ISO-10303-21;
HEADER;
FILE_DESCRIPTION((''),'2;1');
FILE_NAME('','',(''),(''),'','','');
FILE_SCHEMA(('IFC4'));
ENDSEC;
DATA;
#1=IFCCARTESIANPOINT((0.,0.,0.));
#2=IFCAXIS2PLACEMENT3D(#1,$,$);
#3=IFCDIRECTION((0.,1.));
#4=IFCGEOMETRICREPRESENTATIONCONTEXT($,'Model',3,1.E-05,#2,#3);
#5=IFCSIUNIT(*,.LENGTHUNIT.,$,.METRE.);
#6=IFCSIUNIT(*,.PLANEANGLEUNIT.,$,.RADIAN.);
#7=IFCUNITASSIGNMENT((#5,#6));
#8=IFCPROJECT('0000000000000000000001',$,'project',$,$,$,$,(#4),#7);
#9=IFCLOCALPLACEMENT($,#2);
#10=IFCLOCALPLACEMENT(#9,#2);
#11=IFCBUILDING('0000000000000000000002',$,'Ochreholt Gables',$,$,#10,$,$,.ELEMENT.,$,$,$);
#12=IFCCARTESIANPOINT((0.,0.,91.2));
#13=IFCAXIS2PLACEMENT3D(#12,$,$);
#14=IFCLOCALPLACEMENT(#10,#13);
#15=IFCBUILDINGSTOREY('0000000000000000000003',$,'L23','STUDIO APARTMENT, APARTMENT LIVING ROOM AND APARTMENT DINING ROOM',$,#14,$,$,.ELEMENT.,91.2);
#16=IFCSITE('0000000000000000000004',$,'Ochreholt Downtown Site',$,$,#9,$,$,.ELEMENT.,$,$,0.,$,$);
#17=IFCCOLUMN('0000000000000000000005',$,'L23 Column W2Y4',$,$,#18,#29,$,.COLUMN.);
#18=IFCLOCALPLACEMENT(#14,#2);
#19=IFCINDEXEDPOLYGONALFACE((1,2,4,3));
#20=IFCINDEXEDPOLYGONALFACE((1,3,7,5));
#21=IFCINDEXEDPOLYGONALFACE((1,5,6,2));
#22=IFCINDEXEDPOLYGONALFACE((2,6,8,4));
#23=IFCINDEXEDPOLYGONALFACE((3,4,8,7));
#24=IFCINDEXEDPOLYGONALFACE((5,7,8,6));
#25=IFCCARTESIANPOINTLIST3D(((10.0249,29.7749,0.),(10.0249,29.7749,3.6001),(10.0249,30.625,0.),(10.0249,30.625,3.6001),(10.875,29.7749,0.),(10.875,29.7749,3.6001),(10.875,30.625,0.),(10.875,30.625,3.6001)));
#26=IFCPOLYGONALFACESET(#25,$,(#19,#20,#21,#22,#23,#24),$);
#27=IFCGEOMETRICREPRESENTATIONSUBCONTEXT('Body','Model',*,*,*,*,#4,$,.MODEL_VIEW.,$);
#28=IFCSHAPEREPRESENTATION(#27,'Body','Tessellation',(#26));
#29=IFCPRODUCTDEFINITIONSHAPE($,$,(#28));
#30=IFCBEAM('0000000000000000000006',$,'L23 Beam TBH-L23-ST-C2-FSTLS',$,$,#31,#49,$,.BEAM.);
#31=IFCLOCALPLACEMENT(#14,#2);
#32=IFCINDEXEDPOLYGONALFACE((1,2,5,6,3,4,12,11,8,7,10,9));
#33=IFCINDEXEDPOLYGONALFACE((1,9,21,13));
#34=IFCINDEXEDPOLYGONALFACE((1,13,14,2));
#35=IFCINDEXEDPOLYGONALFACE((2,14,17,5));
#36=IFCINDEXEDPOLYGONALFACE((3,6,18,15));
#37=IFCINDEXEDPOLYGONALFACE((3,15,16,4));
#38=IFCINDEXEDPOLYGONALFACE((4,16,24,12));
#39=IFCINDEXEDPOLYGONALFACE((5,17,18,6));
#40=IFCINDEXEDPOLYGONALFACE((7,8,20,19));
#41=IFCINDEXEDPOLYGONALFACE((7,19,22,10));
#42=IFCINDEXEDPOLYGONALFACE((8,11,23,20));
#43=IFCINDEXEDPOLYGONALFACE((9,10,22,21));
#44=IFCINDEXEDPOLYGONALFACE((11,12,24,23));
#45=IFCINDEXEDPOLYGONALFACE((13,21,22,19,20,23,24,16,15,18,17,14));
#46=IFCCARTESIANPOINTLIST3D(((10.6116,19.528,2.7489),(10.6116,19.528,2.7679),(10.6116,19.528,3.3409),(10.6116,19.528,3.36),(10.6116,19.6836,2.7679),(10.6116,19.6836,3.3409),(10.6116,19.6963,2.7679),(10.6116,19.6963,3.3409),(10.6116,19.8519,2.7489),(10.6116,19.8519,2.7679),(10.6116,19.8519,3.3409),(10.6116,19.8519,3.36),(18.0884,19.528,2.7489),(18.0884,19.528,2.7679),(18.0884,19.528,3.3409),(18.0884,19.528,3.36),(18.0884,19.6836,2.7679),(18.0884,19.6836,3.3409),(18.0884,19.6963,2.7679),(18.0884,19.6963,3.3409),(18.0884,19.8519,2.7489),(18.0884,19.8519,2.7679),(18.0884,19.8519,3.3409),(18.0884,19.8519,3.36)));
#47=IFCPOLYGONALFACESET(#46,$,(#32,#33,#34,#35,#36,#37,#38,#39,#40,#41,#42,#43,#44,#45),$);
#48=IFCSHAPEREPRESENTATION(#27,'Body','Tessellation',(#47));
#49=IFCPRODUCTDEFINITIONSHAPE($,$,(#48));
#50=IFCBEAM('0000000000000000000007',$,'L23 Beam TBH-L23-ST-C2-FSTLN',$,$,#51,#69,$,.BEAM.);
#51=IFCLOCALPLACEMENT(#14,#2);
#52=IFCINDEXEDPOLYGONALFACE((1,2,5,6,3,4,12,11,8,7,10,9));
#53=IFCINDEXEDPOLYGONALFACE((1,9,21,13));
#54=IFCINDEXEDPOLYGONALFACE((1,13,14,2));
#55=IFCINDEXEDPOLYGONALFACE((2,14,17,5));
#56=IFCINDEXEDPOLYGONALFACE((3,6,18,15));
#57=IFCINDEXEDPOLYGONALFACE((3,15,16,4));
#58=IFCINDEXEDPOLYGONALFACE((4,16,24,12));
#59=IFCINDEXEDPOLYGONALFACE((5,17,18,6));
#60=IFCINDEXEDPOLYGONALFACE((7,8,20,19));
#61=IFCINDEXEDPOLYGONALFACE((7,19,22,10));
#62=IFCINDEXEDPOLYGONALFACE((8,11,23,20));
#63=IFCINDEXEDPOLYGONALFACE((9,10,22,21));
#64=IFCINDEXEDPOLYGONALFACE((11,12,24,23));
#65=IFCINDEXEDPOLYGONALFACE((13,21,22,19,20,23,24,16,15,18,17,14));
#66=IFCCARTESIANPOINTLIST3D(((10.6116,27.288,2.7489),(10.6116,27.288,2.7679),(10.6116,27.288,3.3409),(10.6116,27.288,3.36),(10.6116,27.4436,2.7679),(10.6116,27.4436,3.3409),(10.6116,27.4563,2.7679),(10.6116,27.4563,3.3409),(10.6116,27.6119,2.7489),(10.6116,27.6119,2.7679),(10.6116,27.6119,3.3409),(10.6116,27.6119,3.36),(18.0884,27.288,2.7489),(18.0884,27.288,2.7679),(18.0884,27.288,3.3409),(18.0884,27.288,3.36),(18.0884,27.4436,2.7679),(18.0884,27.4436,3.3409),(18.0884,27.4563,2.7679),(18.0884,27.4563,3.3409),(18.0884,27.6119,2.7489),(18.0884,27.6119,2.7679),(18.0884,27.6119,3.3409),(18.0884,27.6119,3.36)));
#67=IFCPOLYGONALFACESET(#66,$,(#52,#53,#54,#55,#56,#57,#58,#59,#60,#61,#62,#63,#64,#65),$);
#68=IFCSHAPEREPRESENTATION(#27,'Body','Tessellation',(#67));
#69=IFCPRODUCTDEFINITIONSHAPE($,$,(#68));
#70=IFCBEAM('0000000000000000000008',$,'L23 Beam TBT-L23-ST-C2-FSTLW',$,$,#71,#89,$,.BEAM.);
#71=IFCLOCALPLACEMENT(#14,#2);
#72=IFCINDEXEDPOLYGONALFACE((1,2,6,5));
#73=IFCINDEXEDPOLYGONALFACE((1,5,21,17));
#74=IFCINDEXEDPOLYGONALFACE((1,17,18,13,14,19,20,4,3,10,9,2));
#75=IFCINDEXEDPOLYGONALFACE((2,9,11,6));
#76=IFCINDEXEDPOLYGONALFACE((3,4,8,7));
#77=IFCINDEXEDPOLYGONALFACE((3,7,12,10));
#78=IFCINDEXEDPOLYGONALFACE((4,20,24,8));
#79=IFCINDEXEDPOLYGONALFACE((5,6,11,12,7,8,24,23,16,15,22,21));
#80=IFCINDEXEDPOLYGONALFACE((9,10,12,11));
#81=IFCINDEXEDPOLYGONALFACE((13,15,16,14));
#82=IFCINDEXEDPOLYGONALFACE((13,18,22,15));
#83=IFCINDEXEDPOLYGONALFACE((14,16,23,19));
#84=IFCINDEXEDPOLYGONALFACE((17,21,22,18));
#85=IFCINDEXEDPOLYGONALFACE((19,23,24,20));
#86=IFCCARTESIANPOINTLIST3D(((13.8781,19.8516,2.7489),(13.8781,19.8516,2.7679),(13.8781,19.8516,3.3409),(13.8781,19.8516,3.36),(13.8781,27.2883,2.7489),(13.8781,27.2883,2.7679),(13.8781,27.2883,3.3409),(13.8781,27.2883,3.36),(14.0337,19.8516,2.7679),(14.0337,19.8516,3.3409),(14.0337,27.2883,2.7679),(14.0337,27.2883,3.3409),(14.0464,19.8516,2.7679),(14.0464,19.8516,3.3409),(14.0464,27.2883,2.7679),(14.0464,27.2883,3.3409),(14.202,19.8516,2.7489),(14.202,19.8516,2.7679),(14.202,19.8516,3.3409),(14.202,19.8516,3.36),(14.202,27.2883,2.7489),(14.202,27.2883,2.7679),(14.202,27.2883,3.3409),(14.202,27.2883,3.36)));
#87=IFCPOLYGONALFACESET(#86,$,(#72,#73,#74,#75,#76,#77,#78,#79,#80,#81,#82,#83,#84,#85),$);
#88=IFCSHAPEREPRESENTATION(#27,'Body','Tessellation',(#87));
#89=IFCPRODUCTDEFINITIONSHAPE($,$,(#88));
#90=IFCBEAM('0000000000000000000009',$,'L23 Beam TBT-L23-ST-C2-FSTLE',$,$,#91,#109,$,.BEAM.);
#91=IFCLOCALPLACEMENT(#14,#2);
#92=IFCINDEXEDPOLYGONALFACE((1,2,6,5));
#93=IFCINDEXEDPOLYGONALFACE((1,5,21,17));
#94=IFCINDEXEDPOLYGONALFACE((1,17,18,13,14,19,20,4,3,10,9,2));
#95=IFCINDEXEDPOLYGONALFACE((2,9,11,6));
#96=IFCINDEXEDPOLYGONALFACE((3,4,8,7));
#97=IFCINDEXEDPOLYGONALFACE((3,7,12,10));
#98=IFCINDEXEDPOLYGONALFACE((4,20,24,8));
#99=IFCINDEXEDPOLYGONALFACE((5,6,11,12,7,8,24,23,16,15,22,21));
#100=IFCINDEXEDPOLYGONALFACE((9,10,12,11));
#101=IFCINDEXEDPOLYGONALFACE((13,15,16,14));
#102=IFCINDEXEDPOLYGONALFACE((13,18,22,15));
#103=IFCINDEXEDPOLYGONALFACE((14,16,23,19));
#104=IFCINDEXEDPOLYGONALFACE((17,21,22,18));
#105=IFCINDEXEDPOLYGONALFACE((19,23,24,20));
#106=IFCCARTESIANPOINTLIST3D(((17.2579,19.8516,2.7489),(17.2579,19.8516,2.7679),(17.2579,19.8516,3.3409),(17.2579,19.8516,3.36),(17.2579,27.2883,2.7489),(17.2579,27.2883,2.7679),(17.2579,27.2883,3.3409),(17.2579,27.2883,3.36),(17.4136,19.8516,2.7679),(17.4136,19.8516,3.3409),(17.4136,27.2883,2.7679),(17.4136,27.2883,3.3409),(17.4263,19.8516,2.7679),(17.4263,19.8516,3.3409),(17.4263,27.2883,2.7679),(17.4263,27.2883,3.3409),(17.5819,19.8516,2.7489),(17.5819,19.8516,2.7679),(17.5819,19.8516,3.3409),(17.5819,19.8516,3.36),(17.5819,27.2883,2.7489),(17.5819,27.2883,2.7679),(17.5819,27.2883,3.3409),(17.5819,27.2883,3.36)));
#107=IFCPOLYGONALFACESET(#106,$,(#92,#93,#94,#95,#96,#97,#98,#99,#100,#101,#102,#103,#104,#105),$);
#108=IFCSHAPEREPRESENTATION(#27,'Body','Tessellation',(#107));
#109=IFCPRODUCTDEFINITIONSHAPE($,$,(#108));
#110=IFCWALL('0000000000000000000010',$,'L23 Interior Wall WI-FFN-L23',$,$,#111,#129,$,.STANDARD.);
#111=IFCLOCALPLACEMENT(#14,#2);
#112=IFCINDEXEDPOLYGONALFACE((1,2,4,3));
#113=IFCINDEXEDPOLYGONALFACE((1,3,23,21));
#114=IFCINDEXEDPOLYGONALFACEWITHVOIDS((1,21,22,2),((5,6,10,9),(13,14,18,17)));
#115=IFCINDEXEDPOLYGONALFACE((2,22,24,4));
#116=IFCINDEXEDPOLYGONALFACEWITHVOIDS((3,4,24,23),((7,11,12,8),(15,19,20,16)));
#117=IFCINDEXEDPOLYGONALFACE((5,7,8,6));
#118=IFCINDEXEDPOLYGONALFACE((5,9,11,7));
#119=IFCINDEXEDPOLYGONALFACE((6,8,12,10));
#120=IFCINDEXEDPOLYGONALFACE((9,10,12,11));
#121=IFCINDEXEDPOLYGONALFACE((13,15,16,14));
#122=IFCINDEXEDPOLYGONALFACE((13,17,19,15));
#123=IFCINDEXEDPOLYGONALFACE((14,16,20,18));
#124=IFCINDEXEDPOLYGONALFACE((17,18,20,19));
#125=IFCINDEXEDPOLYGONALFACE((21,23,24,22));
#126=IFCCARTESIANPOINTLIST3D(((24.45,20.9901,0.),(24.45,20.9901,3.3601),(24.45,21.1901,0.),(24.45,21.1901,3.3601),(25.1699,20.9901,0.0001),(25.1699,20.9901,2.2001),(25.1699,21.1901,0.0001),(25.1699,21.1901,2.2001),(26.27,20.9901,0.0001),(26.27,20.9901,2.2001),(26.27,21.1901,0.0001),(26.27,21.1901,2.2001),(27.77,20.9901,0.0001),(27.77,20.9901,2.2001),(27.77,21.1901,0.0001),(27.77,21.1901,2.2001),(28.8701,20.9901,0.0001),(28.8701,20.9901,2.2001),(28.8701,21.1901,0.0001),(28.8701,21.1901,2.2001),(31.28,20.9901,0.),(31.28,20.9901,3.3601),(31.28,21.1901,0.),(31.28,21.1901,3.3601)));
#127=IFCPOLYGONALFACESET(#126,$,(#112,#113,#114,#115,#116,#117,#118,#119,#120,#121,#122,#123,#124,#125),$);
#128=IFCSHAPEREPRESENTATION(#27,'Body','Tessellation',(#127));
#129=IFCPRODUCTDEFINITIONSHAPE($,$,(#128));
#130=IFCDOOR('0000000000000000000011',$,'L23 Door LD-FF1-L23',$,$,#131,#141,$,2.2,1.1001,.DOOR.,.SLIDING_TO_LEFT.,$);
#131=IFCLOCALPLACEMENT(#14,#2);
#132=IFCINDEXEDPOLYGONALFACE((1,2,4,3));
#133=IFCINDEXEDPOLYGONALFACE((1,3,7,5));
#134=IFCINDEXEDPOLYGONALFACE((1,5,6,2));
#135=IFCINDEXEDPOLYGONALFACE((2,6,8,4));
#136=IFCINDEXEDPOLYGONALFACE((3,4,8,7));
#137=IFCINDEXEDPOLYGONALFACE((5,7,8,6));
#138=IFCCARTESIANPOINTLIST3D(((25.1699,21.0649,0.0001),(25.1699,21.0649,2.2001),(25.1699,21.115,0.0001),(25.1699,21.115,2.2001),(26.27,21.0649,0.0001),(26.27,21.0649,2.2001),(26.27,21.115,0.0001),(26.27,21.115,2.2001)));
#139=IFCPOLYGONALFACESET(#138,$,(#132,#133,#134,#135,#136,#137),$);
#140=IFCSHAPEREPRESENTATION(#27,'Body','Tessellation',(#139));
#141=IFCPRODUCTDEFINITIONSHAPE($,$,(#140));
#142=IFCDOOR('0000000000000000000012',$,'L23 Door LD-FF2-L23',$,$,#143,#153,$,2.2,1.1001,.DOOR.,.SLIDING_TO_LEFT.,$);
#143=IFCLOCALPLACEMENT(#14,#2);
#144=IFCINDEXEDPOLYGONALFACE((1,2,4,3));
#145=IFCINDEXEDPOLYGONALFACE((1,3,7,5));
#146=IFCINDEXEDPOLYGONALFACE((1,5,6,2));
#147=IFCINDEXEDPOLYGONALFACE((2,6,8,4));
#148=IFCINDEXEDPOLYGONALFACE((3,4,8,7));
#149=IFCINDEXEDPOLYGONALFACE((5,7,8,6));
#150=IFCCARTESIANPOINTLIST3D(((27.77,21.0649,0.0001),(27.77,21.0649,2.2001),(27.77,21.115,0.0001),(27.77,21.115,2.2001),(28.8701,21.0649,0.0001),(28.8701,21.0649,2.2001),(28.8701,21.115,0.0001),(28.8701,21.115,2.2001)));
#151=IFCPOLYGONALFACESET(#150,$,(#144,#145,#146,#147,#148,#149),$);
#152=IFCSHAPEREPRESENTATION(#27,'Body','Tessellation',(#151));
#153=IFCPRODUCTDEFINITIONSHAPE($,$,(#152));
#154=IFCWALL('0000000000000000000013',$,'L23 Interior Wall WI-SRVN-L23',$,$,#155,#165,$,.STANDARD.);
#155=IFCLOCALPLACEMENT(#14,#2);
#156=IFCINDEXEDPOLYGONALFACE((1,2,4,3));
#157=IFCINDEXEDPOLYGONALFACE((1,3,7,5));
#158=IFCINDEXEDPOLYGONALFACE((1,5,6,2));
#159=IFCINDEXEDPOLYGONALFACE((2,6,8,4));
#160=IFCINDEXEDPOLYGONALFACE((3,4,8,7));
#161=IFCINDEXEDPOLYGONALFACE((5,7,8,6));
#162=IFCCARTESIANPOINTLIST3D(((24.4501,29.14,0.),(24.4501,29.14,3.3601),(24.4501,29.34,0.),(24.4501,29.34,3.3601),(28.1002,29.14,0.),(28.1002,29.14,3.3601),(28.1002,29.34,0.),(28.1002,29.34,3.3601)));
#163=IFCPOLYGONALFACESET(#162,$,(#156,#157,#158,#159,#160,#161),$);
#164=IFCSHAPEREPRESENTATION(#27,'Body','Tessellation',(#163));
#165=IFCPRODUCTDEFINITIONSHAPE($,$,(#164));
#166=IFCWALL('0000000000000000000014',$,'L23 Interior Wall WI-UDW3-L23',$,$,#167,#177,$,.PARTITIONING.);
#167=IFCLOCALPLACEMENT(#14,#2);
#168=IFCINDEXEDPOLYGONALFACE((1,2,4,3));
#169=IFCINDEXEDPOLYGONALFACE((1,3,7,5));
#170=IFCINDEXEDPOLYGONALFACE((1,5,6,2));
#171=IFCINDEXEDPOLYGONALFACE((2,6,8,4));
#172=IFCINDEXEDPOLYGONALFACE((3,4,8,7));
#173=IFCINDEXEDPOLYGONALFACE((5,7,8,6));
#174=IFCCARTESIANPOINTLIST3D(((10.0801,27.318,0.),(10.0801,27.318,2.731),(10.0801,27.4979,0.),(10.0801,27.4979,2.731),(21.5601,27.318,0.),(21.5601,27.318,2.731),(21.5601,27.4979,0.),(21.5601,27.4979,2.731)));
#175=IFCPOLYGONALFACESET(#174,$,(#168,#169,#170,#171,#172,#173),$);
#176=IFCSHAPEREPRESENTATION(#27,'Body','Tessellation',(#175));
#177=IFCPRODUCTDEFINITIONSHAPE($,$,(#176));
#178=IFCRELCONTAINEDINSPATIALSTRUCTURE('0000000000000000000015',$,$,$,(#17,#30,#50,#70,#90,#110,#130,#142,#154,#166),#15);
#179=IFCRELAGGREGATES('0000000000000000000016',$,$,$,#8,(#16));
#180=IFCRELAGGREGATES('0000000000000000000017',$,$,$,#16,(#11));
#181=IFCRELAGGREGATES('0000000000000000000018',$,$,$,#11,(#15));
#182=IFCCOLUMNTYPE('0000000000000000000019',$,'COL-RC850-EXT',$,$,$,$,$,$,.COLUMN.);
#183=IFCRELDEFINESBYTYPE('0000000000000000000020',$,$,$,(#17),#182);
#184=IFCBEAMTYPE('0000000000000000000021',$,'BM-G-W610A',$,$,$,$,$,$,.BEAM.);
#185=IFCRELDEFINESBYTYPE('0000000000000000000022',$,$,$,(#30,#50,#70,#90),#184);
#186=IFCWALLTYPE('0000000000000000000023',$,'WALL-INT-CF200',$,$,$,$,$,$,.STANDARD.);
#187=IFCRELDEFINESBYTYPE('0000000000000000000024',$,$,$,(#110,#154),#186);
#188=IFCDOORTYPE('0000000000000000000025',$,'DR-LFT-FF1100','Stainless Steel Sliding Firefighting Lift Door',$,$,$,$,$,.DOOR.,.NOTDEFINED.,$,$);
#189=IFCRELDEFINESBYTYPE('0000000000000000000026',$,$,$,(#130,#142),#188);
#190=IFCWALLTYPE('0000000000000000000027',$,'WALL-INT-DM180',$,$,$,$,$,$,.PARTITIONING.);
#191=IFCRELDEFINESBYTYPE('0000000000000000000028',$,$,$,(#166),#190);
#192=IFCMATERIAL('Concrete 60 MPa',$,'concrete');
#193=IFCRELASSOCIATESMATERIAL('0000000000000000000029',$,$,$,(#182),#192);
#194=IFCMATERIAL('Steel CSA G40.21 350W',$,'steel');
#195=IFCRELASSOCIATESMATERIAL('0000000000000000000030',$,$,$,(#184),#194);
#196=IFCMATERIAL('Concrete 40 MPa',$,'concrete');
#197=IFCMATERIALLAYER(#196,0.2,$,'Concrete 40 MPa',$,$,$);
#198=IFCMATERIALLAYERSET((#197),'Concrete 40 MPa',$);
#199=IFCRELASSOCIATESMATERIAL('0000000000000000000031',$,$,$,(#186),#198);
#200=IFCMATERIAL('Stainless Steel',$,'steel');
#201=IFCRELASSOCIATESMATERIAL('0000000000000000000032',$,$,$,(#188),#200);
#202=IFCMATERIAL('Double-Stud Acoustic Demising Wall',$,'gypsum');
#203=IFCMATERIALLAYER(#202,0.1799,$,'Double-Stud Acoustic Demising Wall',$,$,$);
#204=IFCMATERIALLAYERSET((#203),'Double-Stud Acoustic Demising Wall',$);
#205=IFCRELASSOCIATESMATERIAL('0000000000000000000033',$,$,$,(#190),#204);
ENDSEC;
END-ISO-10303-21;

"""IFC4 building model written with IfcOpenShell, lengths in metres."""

from ifc_helpers import new_model, si_unit, direction, frame, frame_2d, origin, origin_2d, place, context, subcontext, project, spatial, rectangle, i_section, extrude, material, layer, layer_set, material_profile, profile_set, type_object, element, fill, save


model = new_model("IFC4")

# Units and contexts
model_context = context("Model", 3, precision=1e-05, world=origin(), true_north=direction((0.0, 1.0)))
body_context = subcontext(model_context, "Body", "Model", "MODEL_VIEW")
ifc_project = project(units=[si_unit("LENGTHUNIT", "METRE"), si_unit("PLANEANGLEUNIT", "RADIAN")], contexts=[model_context])

# Site, building, storey
site_placement = place(None, origin())
site = spatial("IfcSite", under=ifc_project, at=site_placement, Name="Ochreholt Downtown Site", CompositionType="ELEMENT", RefElevation=0.0)
building_placement = place(site_placement, origin())
building = spatial("IfcBuilding", under=site, at=building_placement, Name="Ochreholt Gables", CompositionType="ELEMENT")
storey_placement = place(building_placement, frame((0.0, 0.0, 91.2)))
storey = spatial("IfcBuildingStorey", under=building, at=storey_placement, Name="L23", Description="STUDIO APARTMENT, APARTMENT LIVING ROOM AND APARTMENT DINING ROOM", CompositionType="ELEMENT", Elevation=91.2)

# Column
ifc_material_1 = material(Name="Concrete 60 MPa", Category="concrete")
ifc_material_profile_1 = material_profile(ifc_material_1, rectangle(XDim=0.8501, YDim=0.8501, at=origin_2d()), Name="RC850X850")
ifc_profile_set_1 = profile_set([ifc_material_profile_1], Name="Concrete 60 MPa")
column_type = type_object("IfcColumnType", Name="COL-RC850-EXT", PredefinedType="COLUMN", material=ifc_profile_set_1)
column_placement = place(storey_placement, frame((10.45, 30.2, 0.0), z_axis=(0.0, 0.0, 1.0), x_axis=(1.0, 0.0, 0.0)))
element("IfcColumn", 1, at=column_placement, inside=storey, type_object=column_type, Name="L23 Column W2Y4", PredefinedType="COLUMN", context=body_context, shape_type="SweptSolid", body=[
    extrude(rectangle(XDim=0.8501, YDim=0.8501, at=origin_2d()), origin(), (0.0, 0.0, 1.0), 3.6001),
])

# Beams
ifc_material_2 = material(Name="Steel CSA G40.21 350W", Category="steel")
ifc_material_profile_2 = material_profile(ifc_material_2, i_section(OverallWidth=0.324, OverallDepth=0.6111, WebThickness=0.0127, FlangeThickness=0.019, at=origin_2d()), Name="W610X155")
ifc_profile_set_2 = profile_set([ifc_material_profile_2], Name="Steel CSA G40.21 350W")
beam_type = type_object("IfcBeamType", Name="BM-G-W610A", PredefinedType="BEAM", material=ifc_profile_set_2)
for number, where, z_axis, x_axis, name in (
    (2, (10.6116, 19.6899, 3.0544), (1.0, 0.0, 0.0), (0.0, 1.0, 0.0), "L23 Beam TBH-L23-ST-C2-FSTLS"),
    (3, (10.6116, 27.45, 3.0544), (1.0, 0.0, 0.0), (0.0, 1.0, 0.0), "L23 Beam TBH-L23-ST-C2-FSTLN"),
):
    element("IfcBeam", number, at=place(storey_placement, frame(where, z_axis=z_axis, x_axis=x_axis)), inside=storey, type_object=beam_type, Name=name, PredefinedType="BEAM", context=body_context, shape_type="SweptSolid", body=[
        extrude(i_section(OverallWidth=0.324, OverallDepth=0.6111, WebThickness=0.0127, FlangeThickness=0.019, at=origin_2d()), origin(), (0.0, 0.0, 1.0), 7.4768),
    ])
for number, where, z_axis, x_axis, name in (
    (4, (14.04, 19.8516, 3.0544), (0.0, 1.0, 0.0), (-1.0, 0.0, 0.0), "L23 Beam TBT-L23-ST-C2-FSTLW"),
    (5, (17.4199, 19.8516, 3.0544), (0.0, 1.0, 0.0), (-1.0, 0.0, 0.0), "L23 Beam TBT-L23-ST-C2-FSTLE"),
):
    element("IfcBeam", number, at=place(storey_placement, frame(where, z_axis=z_axis, x_axis=x_axis)), inside=storey, type_object=beam_type, Name=name, PredefinedType="BEAM", context=body_context, shape_type="SweptSolid", body=[
        extrude(i_section(OverallWidth=0.324, OverallDepth=0.6111, WebThickness=0.0127, FlangeThickness=0.019, at=origin_2d()), origin(), (0.0, 0.0, 1.0), 7.4368),
    ])

# Wall, openings, doors
ifc_material_3 = material(Name="Concrete 40 MPa", Category="concrete")
ifc_layer_1 = layer(ifc_material_3, 0.2, Name="Concrete 40 MPa")
ifc_layer_set_1 = layer_set([ifc_layer_1], Name="Concrete 40 MPa")
wall_type_1 = type_object("IfcWallType", Name="WALL-INT-CF200", PredefinedType="STANDARD", material=ifc_layer_set_1)
wall_1_placement = place(storey_placement, frame((24.45, 21.0901, 0.0), z_axis=(0.0, 0.0, 1.0), x_axis=(1.0, 0.0, 0.0)))
wall_1 = element("IfcWall", 6, at=wall_1_placement, inside=storey, type_object=wall_type_1, Name="L23 Interior Wall WI-FFN-L23", PredefinedType="STANDARD", context=body_context, shape_type="SweptSolid", body=[
    extrude(rectangle(XDim=6.8301, YDim=0.2, at=frame_2d((3.415, 0.0))), origin(), (0.0, 0.0, 1.0), 3.3601),
])
opening_1_placement = place(wall_1_placement, frame((0.72, 0.0, 0.0)))
opening_1 = element("IfcOpeningElement", 7, at=opening_1_placement, cuts=wall_1, PredefinedType="OPENING", context=body_context, shape_type="SweptSolid", body=[
    extrude(rectangle(XDim=1.1001, YDim=2.2, at=frame_2d((0.55, 1.1001))), frame((0.0, 0.1099, 0.0), z_axis=(0.0, -1.0, 0.0), x_axis=(1.0, 0.0, 0.0)), (0.0, 0.0, 1.0), 0.22),
])
opening_2_placement = place(wall_1_placement, frame((3.3201, 0.0, 0.0)))
opening_2 = element("IfcOpeningElement", 8, at=opening_2_placement, cuts=wall_1, PredefinedType="OPENING", context=body_context, shape_type="SweptSolid", body=[
    extrude(rectangle(XDim=1.1001, YDim=2.2, at=frame_2d((0.55, 1.1001))), frame((0.0, 0.1099, 0.0), z_axis=(0.0, -1.0, 0.0), x_axis=(1.0, 0.0, 0.0)), (0.0, 0.0, 1.0), 0.22),
])
ifc_material_4 = material(Name="Stainless Steel", Category="steel")
door_type_1 = type_object("IfcDoorType", Name="DR-LFT-FF1100", Description="Stainless Steel Sliding Firefighting Lift Door", OperationType="NOTDEFINED", PredefinedType="DOOR", material=ifc_material_4)
door_1_placement = place(opening_1_placement, origin())
door_1 = element("IfcDoor", 9, at=door_1_placement, inside=storey, type_object=door_type_1, Name="L23 Door LD-FF1-L23", OperationType="SLIDING_TO_LEFT", OverallHeight=2.2, OverallWidth=1.1001, PredefinedType="DOOR", context=body_context, shape_type="SweptSolid", body=[
    extrude(rectangle(XDim=1.1001, YDim=2.2, at=frame_2d((0.55, 1.1001))), frame((0.0, 0.0249, 0.0), z_axis=(0.0, -1.0, 0.0), x_axis=(1.0, 0.0, 0.0)), (0.0, 0.0, 1.0), 0.05),
])
fill(opening_1, door_1)
door_2_placement = place(opening_2_placement, origin())
door_2 = element("IfcDoor", 10, at=door_2_placement, inside=storey, type_object=door_type_1, Name="L23 Door LD-FF2-L23", OperationType="SLIDING_TO_LEFT", OverallHeight=2.2, OverallWidth=1.1001, PredefinedType="DOOR", context=body_context, shape_type="SweptSolid", body=[
    extrude(rectangle(XDim=1.1001, YDim=2.2, at=frame_2d((0.55, 1.1001))), frame((0.0, 0.0249, 0.0), z_axis=(0.0, -1.0, 0.0), x_axis=(1.0, 0.0, 0.0)), (0.0, 0.0, 1.0), 0.05),
])
fill(opening_2, door_2)

# Walls
wall_2_placement = place(storey_placement, frame((24.45, 29.24, 0.0), z_axis=(0.0, 0.0, 1.0), x_axis=(1.0, 0.0, 0.0)))
element("IfcWall", 11, at=wall_2_placement, inside=storey, type_object=wall_type_1, Name="L23 Interior Wall WI-SRVN-L23", PredefinedType="STANDARD", context=body_context, shape_type="SweptSolid", body=[
    extrude(rectangle(XDim=3.6501, YDim=0.2, at=frame_2d((1.8252, 0.0))), origin(), (0.0, 0.0, 1.0), 3.3601),
])
ifc_material_5 = material(Name="Double-Stud Acoustic Demising Wall", Category="gypsum")
ifc_layer_2 = layer(ifc_material_5, 0.1799, Name="Double-Stud Acoustic Demising Wall")
ifc_layer_set_2 = layer_set([ifc_layer_2], Name="Double-Stud Acoustic Demising Wall")
wall_type_2 = type_object("IfcWallType", Name="WALL-INT-DM180", PredefinedType="PARTITIONING", material=ifc_layer_set_2)
wall_3_placement = place(storey_placement, frame((10.0801, 27.408, 0.0), z_axis=(0.0, 0.0, 1.0), x_axis=(1.0, 0.0, 0.0)))
element("IfcWall", 12, at=wall_3_placement, inside=storey, type_object=wall_type_2, Name="L23 Interior Wall WI-UDW3-L23", PredefinedType="PARTITIONING", context=body_context, shape_type="SweptSolid", body=[
    extrude(rectangle(XDim=11.48, YDim=0.1799, at=frame_2d((5.74, 0.0))), origin(), (0.0, 0.0, 1.0), 2.731),
])

save(model, "model.ifc")
